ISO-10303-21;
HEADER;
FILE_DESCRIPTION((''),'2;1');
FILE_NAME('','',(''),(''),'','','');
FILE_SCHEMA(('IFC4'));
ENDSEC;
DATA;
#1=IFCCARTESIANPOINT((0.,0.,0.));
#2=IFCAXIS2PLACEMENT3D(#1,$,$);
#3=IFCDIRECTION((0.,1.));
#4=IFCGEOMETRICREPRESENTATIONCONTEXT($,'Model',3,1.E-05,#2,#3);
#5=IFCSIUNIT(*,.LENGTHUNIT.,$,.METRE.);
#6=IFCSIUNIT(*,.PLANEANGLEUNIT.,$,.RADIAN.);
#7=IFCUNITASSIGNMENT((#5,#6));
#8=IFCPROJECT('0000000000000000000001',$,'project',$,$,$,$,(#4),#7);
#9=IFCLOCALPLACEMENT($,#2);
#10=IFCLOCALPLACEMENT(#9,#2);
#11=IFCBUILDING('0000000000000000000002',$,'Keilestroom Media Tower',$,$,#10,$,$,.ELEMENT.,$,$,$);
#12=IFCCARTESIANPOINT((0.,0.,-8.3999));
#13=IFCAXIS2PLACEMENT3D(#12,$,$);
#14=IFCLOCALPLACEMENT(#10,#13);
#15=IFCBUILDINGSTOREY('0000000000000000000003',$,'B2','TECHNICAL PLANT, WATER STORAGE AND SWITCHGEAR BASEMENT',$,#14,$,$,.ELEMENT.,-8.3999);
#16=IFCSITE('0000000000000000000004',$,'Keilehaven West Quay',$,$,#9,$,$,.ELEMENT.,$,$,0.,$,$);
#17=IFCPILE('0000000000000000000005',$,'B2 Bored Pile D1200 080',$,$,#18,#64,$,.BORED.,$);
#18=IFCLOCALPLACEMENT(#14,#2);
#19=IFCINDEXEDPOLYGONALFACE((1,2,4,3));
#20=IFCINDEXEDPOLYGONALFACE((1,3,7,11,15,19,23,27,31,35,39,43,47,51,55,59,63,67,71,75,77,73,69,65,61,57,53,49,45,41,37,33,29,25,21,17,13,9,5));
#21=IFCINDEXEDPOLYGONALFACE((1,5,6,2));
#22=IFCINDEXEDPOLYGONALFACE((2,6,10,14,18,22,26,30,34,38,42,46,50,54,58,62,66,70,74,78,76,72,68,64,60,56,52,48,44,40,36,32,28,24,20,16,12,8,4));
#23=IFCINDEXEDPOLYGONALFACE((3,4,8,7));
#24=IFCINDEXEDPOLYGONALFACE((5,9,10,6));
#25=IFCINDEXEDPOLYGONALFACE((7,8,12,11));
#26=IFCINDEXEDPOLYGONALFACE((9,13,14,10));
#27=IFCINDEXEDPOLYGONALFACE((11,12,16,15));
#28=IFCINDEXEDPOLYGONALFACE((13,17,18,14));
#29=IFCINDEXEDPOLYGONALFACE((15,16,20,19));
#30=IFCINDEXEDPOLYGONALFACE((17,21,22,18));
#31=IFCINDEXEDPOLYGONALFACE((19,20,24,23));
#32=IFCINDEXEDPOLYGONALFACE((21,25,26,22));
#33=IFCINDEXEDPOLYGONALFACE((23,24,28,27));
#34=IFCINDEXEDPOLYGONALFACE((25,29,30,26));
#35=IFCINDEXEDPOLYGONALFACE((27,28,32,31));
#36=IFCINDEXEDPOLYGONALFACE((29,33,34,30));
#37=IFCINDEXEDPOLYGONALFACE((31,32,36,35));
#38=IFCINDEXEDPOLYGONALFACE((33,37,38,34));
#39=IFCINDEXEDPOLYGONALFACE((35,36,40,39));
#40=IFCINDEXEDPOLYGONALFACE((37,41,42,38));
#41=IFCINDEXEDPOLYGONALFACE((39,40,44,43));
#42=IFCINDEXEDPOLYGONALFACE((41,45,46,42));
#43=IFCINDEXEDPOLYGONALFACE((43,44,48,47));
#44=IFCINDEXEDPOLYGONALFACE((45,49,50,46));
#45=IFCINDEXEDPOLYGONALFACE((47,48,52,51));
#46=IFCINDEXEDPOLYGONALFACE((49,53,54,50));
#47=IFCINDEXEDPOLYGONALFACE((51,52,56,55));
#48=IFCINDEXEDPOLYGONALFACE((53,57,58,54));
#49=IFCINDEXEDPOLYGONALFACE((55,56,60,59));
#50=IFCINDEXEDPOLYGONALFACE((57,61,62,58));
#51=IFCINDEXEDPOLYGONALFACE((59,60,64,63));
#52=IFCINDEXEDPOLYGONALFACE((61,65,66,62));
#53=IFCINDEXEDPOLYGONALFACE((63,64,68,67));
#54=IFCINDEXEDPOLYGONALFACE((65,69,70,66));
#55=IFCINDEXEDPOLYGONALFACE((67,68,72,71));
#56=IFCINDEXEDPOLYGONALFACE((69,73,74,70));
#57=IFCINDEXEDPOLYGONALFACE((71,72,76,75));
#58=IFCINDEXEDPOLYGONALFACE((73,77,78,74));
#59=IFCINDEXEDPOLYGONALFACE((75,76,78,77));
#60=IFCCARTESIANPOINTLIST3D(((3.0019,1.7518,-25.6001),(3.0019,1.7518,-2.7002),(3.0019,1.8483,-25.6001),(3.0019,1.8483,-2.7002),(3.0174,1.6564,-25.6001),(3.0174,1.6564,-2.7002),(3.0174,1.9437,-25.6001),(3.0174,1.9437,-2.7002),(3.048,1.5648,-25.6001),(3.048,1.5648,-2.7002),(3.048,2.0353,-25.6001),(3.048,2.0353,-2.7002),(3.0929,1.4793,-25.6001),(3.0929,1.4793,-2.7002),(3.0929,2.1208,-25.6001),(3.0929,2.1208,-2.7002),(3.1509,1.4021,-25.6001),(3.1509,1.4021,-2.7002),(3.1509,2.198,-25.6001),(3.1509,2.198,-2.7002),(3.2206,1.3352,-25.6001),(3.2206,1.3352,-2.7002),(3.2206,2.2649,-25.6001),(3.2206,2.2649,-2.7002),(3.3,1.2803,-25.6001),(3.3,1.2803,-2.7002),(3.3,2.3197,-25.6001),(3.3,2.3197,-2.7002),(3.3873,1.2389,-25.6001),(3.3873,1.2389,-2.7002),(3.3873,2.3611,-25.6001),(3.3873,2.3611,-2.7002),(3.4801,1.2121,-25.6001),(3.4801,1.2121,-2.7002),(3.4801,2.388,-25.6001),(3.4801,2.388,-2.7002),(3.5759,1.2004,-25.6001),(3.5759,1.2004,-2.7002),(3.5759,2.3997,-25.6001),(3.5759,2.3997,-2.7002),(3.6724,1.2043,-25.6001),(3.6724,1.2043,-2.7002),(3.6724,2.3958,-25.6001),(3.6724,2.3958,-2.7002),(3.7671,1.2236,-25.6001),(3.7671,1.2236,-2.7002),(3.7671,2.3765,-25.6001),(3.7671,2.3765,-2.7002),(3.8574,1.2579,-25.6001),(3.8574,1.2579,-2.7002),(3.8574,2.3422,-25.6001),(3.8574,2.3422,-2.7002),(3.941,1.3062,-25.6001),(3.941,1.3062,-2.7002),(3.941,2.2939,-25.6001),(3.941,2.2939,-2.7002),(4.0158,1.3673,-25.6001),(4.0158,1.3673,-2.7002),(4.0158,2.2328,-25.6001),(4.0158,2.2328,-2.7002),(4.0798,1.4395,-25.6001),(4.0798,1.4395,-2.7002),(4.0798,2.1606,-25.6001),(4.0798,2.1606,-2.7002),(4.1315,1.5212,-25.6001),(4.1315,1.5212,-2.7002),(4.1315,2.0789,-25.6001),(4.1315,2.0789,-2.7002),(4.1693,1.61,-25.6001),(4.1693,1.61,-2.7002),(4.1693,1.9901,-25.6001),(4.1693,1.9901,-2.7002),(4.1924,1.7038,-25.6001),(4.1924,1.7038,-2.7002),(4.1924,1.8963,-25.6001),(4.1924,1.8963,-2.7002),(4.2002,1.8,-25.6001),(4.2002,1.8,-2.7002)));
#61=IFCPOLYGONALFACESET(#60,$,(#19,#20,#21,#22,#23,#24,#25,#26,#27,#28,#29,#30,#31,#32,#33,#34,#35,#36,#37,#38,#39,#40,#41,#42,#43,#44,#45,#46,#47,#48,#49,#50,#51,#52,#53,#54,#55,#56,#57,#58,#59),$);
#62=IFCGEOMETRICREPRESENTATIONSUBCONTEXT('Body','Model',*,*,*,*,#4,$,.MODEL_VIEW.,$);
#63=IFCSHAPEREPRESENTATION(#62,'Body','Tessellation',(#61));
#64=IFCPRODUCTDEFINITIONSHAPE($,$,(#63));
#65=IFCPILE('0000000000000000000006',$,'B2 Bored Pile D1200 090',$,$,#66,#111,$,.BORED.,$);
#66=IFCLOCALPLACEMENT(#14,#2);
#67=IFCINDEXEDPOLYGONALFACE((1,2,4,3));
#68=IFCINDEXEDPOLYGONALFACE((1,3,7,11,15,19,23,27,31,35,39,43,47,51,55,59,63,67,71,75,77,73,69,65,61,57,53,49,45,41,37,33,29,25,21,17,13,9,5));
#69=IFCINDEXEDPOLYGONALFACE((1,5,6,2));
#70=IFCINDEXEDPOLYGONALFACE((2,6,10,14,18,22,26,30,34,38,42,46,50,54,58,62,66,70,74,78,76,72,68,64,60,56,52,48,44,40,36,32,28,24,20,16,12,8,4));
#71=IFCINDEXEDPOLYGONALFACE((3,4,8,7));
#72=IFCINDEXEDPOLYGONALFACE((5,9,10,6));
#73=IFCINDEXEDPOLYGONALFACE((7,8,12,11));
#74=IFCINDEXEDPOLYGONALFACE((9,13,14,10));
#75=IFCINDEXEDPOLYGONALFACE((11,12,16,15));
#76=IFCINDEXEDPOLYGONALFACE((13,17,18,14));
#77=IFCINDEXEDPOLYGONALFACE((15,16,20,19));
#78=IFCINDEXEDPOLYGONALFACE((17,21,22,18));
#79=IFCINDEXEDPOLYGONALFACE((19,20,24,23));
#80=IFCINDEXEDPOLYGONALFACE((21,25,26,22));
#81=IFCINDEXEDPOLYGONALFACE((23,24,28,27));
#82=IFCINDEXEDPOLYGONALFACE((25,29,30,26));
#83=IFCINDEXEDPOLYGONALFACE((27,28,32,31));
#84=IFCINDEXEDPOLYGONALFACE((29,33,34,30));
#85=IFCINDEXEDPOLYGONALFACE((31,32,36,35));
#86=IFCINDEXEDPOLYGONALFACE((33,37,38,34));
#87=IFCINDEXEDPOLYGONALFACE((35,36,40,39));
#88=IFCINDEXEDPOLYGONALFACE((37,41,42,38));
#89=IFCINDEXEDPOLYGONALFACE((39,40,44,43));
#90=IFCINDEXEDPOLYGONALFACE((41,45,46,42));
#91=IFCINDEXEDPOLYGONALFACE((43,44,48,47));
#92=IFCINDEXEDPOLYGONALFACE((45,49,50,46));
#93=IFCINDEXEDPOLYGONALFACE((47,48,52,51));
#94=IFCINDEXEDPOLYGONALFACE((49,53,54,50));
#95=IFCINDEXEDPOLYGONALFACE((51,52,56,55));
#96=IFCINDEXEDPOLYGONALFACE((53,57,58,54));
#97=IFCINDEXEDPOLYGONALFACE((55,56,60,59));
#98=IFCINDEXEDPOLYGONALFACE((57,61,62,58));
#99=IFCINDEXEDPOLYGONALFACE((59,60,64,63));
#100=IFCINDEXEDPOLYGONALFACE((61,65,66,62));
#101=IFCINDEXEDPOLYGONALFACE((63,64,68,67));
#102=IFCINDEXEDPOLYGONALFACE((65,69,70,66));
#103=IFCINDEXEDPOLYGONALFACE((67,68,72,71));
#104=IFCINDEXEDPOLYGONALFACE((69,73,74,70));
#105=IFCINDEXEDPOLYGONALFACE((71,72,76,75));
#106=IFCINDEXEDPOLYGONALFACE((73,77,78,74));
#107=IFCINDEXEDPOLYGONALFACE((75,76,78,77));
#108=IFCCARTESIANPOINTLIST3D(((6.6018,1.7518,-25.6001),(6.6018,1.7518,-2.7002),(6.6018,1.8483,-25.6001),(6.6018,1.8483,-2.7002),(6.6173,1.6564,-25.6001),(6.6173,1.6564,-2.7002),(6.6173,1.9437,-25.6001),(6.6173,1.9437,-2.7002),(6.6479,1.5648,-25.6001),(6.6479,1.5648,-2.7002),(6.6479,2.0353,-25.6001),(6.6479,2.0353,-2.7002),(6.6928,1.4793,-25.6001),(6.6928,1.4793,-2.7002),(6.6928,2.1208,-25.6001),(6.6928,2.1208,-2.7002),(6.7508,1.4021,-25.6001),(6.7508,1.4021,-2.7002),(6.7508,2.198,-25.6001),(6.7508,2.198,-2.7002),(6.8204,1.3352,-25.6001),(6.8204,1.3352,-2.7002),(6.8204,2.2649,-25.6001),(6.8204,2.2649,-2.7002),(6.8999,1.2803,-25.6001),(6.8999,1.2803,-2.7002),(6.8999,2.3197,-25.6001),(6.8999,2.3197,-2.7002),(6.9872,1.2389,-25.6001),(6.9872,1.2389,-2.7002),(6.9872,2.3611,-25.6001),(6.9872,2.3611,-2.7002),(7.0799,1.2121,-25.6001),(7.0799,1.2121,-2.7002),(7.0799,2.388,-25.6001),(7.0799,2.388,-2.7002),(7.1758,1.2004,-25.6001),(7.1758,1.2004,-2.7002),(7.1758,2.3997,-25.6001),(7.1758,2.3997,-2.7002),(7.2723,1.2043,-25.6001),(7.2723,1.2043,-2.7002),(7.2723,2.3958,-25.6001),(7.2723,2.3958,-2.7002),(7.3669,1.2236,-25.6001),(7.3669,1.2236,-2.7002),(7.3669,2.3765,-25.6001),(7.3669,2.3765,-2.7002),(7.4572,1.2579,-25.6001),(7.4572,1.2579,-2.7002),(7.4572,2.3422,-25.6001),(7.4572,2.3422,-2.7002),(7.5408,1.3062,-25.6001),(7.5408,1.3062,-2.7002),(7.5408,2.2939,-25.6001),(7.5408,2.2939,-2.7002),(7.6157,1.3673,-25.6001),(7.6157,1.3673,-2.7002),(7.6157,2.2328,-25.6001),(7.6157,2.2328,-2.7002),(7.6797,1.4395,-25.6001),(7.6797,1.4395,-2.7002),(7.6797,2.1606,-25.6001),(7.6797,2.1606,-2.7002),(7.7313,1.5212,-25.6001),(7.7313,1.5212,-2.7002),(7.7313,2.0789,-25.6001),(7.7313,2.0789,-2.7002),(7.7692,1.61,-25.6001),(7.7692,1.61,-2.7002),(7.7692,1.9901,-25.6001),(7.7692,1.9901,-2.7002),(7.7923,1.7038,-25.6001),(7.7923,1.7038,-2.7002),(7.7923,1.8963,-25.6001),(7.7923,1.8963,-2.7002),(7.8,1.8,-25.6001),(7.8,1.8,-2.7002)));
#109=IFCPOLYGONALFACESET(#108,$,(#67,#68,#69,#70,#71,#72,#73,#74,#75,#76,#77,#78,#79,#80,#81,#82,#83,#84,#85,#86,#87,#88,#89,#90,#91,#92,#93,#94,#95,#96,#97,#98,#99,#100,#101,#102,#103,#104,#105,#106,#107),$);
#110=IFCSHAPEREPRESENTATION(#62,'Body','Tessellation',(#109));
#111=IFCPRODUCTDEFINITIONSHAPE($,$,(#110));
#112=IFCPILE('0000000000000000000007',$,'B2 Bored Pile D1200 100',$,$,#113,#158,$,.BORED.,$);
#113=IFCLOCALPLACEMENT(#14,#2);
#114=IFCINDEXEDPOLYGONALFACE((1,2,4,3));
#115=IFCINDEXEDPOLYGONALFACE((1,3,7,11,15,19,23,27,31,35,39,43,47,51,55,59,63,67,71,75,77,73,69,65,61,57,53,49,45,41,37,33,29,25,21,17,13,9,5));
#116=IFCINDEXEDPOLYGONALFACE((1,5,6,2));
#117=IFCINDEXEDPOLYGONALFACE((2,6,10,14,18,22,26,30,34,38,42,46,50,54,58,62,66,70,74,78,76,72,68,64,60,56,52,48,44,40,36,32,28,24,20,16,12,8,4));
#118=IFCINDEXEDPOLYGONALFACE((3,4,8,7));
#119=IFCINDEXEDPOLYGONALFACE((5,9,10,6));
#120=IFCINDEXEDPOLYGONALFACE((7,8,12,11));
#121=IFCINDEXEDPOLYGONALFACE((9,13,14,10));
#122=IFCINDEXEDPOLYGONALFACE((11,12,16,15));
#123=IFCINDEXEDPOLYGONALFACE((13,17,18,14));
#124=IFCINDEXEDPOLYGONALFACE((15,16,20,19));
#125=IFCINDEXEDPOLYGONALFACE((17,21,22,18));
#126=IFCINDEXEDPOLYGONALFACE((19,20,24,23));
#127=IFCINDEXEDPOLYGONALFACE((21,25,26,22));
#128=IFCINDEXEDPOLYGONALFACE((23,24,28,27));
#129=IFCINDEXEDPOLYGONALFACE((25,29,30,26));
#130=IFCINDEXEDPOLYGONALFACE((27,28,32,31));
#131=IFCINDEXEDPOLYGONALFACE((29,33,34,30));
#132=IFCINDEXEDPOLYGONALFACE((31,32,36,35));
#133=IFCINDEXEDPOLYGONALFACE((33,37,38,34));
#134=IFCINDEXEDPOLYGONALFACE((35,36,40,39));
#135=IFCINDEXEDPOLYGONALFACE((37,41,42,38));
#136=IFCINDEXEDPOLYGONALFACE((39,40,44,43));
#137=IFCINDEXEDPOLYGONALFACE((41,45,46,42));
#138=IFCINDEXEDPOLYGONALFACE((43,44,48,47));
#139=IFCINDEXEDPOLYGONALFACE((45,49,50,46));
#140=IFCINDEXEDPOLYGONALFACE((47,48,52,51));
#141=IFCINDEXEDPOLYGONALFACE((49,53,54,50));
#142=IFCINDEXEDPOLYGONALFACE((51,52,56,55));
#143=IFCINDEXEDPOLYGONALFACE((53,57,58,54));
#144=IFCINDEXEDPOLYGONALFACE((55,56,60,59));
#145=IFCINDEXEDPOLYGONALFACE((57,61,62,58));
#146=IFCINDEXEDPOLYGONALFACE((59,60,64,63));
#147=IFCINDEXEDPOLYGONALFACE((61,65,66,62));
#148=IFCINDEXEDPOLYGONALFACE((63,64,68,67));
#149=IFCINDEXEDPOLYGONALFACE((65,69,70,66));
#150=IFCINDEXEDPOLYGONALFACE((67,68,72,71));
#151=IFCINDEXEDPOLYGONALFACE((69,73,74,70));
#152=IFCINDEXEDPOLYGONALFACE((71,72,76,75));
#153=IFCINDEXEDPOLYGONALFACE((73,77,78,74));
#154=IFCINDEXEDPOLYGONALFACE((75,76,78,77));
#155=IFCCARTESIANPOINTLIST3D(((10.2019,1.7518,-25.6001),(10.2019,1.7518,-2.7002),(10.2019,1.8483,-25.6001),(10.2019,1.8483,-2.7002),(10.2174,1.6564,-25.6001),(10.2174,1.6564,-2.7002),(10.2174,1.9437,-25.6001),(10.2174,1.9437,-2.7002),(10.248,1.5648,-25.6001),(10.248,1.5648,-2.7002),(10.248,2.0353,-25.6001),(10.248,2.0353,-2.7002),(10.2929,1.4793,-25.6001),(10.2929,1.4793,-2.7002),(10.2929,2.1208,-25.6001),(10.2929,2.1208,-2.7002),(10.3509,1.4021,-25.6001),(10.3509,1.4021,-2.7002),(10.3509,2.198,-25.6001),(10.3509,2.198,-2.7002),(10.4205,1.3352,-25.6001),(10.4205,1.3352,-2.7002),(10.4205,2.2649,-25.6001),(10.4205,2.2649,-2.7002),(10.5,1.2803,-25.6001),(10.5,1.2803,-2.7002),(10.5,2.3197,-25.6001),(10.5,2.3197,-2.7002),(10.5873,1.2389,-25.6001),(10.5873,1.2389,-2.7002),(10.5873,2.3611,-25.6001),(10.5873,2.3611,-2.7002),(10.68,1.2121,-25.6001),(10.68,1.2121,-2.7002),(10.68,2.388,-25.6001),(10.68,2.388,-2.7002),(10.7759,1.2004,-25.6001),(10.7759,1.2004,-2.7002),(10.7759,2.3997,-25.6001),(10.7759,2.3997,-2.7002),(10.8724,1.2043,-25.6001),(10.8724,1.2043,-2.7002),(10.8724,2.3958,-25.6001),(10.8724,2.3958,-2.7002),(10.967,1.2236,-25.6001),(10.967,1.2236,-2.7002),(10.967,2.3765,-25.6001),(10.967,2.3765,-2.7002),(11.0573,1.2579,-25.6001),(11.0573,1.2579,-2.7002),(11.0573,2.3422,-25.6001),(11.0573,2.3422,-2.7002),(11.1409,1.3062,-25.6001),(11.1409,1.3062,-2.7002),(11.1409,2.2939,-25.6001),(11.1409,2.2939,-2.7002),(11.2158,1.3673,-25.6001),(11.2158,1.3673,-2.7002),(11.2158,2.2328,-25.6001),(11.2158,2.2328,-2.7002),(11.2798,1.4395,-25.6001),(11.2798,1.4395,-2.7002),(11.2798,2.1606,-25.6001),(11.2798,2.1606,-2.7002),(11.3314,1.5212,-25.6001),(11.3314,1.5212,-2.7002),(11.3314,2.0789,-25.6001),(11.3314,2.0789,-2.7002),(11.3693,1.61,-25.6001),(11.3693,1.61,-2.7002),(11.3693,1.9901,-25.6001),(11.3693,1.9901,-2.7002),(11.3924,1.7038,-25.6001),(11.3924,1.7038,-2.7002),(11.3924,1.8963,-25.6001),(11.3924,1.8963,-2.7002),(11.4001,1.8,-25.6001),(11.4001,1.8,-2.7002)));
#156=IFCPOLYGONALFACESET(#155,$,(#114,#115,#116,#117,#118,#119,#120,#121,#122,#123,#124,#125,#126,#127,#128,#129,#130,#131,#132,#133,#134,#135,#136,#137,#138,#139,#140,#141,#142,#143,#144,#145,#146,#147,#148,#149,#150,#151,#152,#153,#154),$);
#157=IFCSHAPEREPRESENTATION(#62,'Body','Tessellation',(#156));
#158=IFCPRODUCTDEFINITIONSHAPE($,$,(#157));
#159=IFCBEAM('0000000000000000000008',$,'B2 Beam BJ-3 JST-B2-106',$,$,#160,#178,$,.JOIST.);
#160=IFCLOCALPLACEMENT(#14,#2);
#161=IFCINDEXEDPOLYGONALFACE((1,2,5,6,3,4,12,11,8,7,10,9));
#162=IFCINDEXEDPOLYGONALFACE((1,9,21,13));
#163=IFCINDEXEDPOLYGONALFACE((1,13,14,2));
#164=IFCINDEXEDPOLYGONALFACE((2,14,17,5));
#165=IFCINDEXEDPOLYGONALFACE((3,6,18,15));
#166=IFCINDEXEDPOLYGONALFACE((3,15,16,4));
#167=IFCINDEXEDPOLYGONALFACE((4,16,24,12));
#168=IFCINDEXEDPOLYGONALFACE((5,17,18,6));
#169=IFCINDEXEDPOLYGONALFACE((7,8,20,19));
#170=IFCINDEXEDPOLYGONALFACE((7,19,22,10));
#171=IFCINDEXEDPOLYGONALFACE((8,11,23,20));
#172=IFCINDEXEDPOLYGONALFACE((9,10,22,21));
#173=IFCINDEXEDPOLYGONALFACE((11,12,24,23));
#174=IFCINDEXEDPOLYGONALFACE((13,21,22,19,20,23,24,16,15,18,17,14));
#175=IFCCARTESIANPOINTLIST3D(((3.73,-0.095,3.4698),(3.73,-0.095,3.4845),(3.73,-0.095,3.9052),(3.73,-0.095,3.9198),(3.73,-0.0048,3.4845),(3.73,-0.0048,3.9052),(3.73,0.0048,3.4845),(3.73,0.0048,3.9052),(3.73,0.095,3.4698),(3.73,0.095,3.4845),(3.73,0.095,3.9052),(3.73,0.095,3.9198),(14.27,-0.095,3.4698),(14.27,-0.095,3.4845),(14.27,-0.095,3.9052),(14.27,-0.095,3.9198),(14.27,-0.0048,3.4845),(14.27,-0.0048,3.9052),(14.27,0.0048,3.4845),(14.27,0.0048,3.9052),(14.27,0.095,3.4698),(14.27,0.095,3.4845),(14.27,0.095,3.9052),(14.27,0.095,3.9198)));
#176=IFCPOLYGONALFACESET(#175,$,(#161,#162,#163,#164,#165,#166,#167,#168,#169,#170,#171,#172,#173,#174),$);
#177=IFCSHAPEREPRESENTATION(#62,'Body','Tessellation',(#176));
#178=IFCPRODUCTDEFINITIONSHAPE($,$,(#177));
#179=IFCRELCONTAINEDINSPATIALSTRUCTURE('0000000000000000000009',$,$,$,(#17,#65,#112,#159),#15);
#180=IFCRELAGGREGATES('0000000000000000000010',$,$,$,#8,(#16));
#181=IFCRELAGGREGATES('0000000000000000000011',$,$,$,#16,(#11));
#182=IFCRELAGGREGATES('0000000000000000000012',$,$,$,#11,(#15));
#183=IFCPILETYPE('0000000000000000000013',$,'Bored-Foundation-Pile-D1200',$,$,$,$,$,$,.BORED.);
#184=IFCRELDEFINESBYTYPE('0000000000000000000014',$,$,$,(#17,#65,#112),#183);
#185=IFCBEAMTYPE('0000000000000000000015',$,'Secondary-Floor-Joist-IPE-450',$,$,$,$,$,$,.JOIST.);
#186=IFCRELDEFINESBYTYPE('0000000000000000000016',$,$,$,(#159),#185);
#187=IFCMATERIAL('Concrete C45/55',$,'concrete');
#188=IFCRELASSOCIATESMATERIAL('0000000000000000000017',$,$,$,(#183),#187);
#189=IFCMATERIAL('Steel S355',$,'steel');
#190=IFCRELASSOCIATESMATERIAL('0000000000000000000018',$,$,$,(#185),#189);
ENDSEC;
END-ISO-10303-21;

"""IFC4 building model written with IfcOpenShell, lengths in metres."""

from ifc_helpers import new_model, si_unit, direction, frame, origin, origin_2d, place, context, subcontext, project, spatial, circle, i_section, extrude, source, transform, mapped, material, material_profile, profile_set, type_object, element, save


model = new_model("IFC4")

# Units and contexts
model_context = context("Model", 3, precision=1e-05, world=origin(), true_north=direction((0.0, 1.0)))
body_context = subcontext(model_context, "Body", "Model", "MODEL_VIEW")
ifc_project = project(units=[si_unit("LENGTHUNIT", "METRE"), si_unit("PLANEANGLEUNIT", "RADIAN")], contexts=[model_context])

# Site, building, storey
site_placement = place(None, origin())
site = spatial("IfcSite", under=ifc_project, at=site_placement, Name="Keilehaven West Quay", CompositionType="ELEMENT", RefElevation=0.0)
building_placement = place(site_placement, origin())
building = spatial("IfcBuilding", under=site, at=building_placement, Name="Keilestroom Media Tower", CompositionType="ELEMENT")
storey_placement = place(building_placement, frame((0.0, 0.0, -8.3999)))
storey = spatial("IfcBuildingStorey", under=building, at=storey_placement, Name="B2", Description="TECHNICAL PLANT, WATER STORAGE AND SWITCHGEAR BASEMENT", CompositionType="ELEMENT", Elevation=-8.3999)

# Piles
ifc_material_1 = material(Name="Concrete C45/55", Category="concrete")
ifc_material_profile_1 = material_profile(ifc_material_1, circle(Radius=0.6001, at=origin_2d()), Name="BORED PILE D1200")
ifc_profile_set_1 = profile_set([ifc_material_profile_1], Name="Concrete C45/55")
pile_type = type_object("IfcPileType", Name="Bored-Foundation-Pile-D1200", PredefinedType="BORED", material=ifc_profile_set_1)
shared_shape_1 = source(origin(), body_context, "Body", "SweptSolid", [
    extrude(circle(Radius=0.6001, at=origin_2d()), origin(), (0.0, 0.0, 1.0), 22.8999),
])
for number, where, z_axis, x_axis, name in (
    (1, (3.6001, 1.8, -2.7002), (0.0, 0.0, -1.0), (1.0, 0.0, 0.0), "B2 Bored Pile D1200 080"),
    (2, (7.2, 1.8, -2.7002), (0.0, 0.0, -1.0), (1.0, 0.0, 0.0), "B2 Bored Pile D1200 090"),
    (3, (10.8, 1.8, -2.7002), (0.0, 0.0, -1.0), (1.0, 0.0, 0.0), "B2 Bored Pile D1200 100"),
):
    element("IfcPile", number, at=place(storey_placement, frame(where, z_axis=z_axis, x_axis=x_axis)), inside=storey, type_object=pile_type, Name=name, PredefinedType="BORED", context=body_context, shape_type="MappedRepresentation", body=[
        mapped(shared_shape_1, transform((0.0, 0.0, 0.0), x_axis=(1.0, 0.0, 0.0), y_axis=(0.0, 1.0, 0.0), z_axis=(0.0, 0.0, 1.0), scale=1.0)),
    ])

# Beam
ifc_material_2 = material(Name="Steel S355", Category="steel")
ifc_material_profile_2 = material_profile(ifc_material_2, i_section(OverallWidth=0.1899, OverallDepth=0.45, WebThickness=0.0095, FlangeThickness=0.0146, at=origin_2d()), Name="IPE 450")
ifc_profile_set_2 = profile_set([ifc_material_profile_2], Name="Steel S355")
beam_type = type_object("IfcBeamType", Name="Secondary-Floor-Joist-IPE-450", PredefinedType="JOIST", material=ifc_profile_set_2)
shared_shape_2 = source(origin(), body_context, "Body", "SweptSolid", [
    extrude(i_section(OverallWidth=0.1899, OverallDepth=0.45, WebThickness=0.0095, FlangeThickness=0.0146, at=origin_2d()), origin(), (0.0, 0.0, 1.0), 10.54),
])
beam_placement = place(storey_placement, frame((3.73, 0.0, 3.6948), z_axis=(1.0, 0.0, 0.0), x_axis=(0.0, 1.0, 0.0)))
element("IfcBeam", 4, at=beam_placement, inside=storey, type_object=beam_type, Name="B2 Beam BJ-3 JST-B2-106", PredefinedType="JOIST", context=body_context, shape_type="MappedRepresentation", body=[
    mapped(shared_shape_2, transform((0.0, 0.0, 0.0), x_axis=(1.0, 0.0, 0.0), y_axis=(0.0, 1.0, 0.0), z_axis=(0.0, 0.0, 1.0), scale=1.0)),
])

save(model, "model.ifc")
